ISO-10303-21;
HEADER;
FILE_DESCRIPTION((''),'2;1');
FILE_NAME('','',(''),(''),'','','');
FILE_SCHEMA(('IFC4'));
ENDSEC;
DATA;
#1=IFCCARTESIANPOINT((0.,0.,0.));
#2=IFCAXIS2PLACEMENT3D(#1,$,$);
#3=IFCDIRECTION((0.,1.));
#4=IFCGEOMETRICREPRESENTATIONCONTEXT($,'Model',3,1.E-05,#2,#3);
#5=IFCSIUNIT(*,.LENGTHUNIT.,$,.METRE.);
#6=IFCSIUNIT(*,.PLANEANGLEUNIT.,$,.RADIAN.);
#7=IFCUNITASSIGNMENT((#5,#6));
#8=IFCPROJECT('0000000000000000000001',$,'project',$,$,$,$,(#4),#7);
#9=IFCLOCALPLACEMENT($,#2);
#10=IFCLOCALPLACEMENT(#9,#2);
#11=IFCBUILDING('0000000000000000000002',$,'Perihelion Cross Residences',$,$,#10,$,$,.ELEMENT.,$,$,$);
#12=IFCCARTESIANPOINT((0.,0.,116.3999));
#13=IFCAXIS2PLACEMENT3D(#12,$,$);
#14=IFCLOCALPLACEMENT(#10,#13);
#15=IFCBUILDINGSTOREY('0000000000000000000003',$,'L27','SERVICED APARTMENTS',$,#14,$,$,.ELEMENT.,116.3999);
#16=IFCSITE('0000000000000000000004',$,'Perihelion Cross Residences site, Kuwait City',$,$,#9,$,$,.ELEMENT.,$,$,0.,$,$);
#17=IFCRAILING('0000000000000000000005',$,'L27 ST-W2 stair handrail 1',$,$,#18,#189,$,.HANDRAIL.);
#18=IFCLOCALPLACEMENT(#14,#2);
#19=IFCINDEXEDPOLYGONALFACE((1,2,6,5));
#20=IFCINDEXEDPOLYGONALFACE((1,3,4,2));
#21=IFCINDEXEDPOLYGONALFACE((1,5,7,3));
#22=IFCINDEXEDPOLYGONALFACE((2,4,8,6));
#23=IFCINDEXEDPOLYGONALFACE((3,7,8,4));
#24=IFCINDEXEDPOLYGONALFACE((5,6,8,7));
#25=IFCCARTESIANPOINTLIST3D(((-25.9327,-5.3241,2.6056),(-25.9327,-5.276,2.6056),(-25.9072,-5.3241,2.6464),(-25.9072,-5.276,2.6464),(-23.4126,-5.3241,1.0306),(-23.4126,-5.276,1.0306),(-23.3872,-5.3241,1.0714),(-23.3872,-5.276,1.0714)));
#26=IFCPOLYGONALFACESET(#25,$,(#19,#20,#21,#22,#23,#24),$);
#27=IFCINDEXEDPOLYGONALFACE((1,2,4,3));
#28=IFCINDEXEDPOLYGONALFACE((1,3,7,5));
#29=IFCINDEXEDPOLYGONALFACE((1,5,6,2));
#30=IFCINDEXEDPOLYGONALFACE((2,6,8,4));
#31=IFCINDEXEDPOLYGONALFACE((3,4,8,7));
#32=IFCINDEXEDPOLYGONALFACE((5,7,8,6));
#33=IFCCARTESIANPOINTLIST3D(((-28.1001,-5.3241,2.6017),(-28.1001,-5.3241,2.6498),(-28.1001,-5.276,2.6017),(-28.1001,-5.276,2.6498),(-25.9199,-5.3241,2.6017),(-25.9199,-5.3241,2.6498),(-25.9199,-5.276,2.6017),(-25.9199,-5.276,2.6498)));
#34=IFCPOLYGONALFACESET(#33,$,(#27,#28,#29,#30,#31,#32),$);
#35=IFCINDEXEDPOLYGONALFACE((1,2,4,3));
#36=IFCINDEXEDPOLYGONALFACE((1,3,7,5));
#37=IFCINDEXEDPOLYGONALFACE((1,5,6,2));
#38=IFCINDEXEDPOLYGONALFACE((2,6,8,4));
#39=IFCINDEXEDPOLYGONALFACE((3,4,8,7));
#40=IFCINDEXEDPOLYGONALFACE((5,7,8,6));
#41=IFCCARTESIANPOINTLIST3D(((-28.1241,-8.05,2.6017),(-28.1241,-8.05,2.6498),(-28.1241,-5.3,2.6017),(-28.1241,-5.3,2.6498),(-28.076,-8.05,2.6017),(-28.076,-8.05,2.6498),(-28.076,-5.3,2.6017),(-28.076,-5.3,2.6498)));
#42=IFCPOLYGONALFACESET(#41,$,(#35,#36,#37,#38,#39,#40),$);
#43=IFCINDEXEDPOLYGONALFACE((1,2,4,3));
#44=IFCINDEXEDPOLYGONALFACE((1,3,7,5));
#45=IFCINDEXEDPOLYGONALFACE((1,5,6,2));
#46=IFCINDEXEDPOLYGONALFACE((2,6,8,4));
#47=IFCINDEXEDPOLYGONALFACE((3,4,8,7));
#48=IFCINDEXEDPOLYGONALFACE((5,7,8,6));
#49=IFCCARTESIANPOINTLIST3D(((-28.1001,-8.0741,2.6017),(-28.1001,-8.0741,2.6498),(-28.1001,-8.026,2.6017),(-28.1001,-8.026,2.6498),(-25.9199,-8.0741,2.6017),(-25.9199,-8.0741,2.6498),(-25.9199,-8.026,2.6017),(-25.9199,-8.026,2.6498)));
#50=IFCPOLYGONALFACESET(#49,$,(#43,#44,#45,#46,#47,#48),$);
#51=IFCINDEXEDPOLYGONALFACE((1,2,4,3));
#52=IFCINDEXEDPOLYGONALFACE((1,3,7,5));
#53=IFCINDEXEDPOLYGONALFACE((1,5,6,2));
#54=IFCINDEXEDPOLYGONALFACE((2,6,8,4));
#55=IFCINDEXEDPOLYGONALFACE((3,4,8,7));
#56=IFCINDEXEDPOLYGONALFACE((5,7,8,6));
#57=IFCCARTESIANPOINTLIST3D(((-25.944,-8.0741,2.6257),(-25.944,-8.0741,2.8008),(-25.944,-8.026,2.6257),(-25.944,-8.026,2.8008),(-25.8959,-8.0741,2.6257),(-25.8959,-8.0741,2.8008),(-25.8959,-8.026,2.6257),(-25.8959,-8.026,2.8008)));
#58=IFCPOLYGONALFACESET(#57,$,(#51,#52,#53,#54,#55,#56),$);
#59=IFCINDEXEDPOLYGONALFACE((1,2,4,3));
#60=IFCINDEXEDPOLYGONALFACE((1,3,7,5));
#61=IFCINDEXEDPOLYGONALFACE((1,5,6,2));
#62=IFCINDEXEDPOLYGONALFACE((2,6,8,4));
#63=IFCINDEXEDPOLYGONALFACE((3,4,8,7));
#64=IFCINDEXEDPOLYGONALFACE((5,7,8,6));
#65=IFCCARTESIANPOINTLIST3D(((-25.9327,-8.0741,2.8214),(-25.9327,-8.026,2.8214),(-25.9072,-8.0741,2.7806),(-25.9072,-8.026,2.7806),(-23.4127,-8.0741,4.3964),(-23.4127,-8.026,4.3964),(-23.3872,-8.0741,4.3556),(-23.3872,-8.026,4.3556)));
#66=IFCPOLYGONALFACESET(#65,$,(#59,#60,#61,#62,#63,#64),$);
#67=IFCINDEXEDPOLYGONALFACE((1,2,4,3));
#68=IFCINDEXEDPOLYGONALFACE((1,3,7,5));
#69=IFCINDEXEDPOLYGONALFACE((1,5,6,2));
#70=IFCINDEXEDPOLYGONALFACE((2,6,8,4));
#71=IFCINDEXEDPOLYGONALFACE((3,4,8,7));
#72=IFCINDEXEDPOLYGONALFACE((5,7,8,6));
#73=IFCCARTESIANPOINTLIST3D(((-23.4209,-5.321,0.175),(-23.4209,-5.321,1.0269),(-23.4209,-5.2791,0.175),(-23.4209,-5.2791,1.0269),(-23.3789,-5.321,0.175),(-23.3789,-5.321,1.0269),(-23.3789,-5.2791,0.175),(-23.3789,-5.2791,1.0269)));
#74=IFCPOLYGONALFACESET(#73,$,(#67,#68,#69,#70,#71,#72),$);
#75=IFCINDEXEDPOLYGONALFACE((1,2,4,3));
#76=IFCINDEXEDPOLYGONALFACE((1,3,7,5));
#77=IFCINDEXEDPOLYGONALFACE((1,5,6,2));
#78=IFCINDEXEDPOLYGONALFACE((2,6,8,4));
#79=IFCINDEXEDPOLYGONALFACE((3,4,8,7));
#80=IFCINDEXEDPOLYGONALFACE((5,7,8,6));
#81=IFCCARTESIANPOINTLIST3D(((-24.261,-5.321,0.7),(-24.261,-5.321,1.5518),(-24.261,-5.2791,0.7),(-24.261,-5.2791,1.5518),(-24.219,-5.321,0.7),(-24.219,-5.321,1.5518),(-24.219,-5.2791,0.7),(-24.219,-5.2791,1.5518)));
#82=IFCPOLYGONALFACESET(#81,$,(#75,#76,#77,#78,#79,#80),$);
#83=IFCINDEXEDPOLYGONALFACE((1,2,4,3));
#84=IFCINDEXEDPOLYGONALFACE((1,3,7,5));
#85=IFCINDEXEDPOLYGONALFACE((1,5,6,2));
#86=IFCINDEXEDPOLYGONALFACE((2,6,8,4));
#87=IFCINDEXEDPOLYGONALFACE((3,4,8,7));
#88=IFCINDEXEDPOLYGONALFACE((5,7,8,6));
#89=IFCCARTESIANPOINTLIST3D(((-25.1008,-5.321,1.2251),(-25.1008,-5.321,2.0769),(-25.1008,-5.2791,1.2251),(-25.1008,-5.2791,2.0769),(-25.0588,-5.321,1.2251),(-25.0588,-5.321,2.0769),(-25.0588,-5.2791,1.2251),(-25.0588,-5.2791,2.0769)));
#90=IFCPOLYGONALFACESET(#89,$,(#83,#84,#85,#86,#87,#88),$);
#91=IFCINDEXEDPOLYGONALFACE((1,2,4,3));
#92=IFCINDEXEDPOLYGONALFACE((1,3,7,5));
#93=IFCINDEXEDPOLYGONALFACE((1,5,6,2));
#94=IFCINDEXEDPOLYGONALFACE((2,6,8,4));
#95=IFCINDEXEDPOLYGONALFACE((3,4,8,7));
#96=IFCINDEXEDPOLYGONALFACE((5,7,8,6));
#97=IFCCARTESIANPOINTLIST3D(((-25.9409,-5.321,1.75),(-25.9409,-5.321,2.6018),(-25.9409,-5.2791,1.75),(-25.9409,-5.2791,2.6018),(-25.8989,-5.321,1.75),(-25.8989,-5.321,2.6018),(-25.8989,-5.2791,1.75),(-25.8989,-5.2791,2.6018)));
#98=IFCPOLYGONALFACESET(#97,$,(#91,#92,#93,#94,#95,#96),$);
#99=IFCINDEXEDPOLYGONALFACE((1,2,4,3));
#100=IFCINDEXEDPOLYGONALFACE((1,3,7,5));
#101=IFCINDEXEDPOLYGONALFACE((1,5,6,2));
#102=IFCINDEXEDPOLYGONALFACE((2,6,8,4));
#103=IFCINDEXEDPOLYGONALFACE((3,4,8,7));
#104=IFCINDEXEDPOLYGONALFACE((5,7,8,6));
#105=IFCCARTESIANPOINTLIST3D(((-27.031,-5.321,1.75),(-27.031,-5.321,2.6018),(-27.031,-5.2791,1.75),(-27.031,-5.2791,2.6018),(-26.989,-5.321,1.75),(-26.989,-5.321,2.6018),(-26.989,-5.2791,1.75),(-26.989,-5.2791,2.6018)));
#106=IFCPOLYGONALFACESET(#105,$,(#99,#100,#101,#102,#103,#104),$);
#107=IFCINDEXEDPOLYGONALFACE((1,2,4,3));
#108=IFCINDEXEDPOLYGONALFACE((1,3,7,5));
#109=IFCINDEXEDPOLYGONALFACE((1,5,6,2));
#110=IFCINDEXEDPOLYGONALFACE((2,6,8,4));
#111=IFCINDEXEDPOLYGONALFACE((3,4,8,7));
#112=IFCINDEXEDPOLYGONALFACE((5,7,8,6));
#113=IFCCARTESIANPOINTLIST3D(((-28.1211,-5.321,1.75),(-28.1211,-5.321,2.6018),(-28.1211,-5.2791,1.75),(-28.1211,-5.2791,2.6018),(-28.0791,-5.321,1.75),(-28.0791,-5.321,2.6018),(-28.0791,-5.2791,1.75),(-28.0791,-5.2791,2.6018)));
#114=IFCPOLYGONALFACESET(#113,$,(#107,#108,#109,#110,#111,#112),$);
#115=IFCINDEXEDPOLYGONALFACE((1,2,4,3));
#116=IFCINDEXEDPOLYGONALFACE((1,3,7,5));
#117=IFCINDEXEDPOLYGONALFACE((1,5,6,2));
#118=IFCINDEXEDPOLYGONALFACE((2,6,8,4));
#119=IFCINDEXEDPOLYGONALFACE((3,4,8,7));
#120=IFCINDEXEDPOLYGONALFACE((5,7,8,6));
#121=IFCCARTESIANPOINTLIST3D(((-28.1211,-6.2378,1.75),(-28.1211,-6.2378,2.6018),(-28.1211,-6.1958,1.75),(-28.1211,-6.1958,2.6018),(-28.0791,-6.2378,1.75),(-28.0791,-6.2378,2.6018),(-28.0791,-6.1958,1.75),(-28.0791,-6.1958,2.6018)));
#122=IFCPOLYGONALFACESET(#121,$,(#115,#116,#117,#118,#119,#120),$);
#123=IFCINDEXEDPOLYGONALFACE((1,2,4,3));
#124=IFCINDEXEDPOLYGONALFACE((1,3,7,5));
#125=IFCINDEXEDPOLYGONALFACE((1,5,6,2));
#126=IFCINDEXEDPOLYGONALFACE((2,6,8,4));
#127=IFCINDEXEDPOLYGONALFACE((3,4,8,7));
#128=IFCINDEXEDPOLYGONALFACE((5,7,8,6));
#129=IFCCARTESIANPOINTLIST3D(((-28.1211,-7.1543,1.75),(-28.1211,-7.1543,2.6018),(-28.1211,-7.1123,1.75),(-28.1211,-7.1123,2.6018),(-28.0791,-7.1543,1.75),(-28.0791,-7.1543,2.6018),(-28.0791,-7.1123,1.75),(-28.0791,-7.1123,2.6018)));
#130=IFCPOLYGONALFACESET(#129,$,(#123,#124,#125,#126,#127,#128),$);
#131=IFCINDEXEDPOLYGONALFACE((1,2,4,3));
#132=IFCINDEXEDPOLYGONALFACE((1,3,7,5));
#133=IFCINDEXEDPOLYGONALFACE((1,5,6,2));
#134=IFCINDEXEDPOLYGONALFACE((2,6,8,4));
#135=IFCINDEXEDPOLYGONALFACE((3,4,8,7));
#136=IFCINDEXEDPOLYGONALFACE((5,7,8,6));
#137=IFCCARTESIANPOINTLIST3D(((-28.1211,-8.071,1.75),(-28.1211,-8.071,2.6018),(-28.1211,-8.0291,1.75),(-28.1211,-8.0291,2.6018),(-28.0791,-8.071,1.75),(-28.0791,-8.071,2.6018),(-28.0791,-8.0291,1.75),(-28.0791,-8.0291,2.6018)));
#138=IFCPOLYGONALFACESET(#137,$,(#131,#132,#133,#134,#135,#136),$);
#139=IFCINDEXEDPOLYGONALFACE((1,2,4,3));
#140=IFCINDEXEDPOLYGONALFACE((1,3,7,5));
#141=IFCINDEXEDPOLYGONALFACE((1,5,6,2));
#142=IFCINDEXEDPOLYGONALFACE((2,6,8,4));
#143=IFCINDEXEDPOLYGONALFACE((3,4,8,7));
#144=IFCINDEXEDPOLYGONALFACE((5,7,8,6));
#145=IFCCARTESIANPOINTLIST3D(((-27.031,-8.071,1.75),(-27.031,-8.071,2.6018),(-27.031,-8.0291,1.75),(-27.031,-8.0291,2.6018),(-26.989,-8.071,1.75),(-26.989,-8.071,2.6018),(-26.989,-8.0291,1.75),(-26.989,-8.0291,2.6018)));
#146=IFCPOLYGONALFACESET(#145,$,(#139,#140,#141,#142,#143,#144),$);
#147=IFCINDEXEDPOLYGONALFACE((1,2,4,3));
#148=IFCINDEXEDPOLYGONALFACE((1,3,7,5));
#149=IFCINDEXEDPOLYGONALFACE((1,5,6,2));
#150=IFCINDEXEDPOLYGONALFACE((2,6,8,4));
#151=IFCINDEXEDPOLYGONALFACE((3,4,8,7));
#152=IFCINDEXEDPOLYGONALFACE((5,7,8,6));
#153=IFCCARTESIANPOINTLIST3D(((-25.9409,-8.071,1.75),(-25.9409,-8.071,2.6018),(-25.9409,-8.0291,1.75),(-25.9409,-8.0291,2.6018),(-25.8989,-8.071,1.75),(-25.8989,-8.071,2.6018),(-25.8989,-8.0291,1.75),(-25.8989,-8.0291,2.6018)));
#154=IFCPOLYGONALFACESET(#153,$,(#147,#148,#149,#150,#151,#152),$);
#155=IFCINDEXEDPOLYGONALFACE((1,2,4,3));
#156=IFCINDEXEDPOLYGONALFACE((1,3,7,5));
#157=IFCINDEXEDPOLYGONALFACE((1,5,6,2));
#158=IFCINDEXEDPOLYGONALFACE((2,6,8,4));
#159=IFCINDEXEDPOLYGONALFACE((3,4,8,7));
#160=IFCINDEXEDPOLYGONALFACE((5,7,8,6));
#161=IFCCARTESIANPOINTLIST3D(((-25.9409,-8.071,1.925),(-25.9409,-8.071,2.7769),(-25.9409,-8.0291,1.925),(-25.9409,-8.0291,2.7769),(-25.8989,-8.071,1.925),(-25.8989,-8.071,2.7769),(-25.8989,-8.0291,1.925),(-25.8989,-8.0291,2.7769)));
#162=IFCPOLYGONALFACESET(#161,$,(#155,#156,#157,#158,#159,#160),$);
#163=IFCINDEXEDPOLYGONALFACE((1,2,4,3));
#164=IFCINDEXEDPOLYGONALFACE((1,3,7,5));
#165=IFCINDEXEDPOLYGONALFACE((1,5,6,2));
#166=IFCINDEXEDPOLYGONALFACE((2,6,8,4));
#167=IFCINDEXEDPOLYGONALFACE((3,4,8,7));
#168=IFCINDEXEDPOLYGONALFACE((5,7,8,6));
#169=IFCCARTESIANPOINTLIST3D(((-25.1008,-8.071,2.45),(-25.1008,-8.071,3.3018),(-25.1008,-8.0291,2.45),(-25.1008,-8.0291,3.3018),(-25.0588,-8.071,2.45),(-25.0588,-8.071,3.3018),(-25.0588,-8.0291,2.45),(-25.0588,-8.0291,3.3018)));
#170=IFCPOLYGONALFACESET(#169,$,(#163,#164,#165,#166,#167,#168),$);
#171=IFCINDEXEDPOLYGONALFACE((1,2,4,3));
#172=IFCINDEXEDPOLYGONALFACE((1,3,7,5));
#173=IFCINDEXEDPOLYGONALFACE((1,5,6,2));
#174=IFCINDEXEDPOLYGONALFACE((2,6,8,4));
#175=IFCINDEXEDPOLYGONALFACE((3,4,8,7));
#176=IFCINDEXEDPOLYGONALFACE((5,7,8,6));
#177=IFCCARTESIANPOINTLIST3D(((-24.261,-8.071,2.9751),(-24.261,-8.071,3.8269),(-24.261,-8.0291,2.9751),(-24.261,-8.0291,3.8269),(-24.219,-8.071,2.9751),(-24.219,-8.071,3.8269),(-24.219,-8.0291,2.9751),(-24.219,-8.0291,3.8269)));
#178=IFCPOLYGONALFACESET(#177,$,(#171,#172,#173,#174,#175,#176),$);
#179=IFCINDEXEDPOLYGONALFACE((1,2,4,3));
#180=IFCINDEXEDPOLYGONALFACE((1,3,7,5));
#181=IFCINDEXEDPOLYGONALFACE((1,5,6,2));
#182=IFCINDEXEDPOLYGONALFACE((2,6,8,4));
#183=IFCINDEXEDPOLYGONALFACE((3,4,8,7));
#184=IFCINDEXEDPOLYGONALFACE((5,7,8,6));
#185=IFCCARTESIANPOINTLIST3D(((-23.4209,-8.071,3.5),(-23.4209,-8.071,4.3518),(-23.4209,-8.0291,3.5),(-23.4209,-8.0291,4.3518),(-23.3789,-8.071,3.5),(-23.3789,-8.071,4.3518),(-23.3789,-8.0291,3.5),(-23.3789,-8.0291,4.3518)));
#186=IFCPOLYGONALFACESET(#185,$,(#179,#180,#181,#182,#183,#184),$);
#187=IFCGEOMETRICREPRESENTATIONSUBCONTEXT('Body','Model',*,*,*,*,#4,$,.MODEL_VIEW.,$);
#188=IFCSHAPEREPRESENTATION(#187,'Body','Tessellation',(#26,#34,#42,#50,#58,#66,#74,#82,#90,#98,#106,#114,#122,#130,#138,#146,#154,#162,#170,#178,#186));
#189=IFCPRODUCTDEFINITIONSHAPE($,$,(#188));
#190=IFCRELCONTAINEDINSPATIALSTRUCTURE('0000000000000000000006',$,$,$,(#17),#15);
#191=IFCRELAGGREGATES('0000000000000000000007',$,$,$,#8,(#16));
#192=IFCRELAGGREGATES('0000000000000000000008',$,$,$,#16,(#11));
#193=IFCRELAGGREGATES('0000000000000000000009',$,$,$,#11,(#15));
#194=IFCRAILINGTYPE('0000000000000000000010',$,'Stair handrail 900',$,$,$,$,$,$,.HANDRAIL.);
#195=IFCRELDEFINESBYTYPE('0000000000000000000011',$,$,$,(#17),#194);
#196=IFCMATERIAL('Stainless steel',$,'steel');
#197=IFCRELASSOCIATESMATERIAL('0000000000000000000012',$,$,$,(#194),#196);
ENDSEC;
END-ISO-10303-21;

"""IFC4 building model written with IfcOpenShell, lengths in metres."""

from ifc_helpers import new_model, si_unit, direction, frame, origin, origin_2d, place, context, subcontext, project, spatial, rectangle, extrude, material, type_object, element, save


model = new_model("IFC4")

# Units and contexts
model_context = context("Model", 3, precision=1e-05, world=origin(), true_north=direction((0.0, 1.0)))
body_context = subcontext(model_context, "Body", "Model", "MODEL_VIEW")
ifc_project = project(units=[si_unit("LENGTHUNIT", "METRE"), si_unit("PLANEANGLEUNIT", "RADIAN")], contexts=[model_context])

# Site, building, storey
site_placement = place(None, origin())
site = spatial("IfcSite", under=ifc_project, at=site_placement, Name="Perihelion Cross Residences site, Kuwait City", CompositionType="ELEMENT", RefElevation=0.0)
building_placement = place(site_placement, origin())
building = spatial("IfcBuilding", under=site, at=building_placement, Name="Perihelion Cross Residences", CompositionType="ELEMENT")
storey_placement = place(building_placement, frame((0.0, 0.0, 116.3999)))
storey = spatial("IfcBuildingStorey", under=building, at=storey_placement, Name="L27", Description="SERVICED APARTMENTS", CompositionType="ELEMENT", Elevation=116.3999)

# Railing
ifc_material_1 = material(Name="Stainless steel", Category="steel")
railing_type_1 = type_object("IfcRailingType", Name="Stair handrail 900", PredefinedType="HANDRAIL", material=ifc_material_1)
railing_1_placement = place(storey_placement, frame((-23.3999, -5.3, 0.175)))
element("IfcRailing", 1, at=railing_1_placement, inside=storey, type_object=railing_type_1, Name="L27 ST-W2 stair handrail 1", PredefinedType="HANDRAIL", context=body_context, shape_type="SweptSolid", body=[
    extrude(rectangle(XDim=0.0481, YDim=0.0481, at=origin_2d()), frame((0.0, 0.0, 0.876), z_axis=(-0.848008, 0.0, 0.529984), x_axis=(0.0, -1.0, 0.0)), (0.0, 0.0, 1.0), 2.9717),
    extrude(rectangle(XDim=0.0481, YDim=0.0481, at=origin_2d()), frame((-2.52, 0.0, 2.4507), z_axis=(-1.0, 0.0, 0.0), x_axis=(0.0, -1.0, 0.0)), (0.0, 0.0, 1.0), 2.1802),
    extrude(rectangle(XDim=0.0481, YDim=0.0481, at=origin_2d()), frame((-4.7002, 0.0, 2.4507), z_axis=(0.0, -1.0, 0.0), x_axis=(1.0, 0.0, 0.0)), (0.0, 0.0, 1.0), 2.75),
    extrude(rectangle(XDim=0.0481, YDim=0.0481, at=origin_2d()), frame((-4.7002, -2.75, 2.4507), z_axis=(1.0, 0.0, 0.0), x_axis=(0.0, 1.0, 0.0)), (0.0, 0.0, 1.0), 2.1802),
    extrude(rectangle(XDim=0.0481, YDim=0.0481, at=origin_2d()), frame((-2.52, -2.75, 2.4507), z_axis=(0.0, 0.0, 1.0), x_axis=(1.0, 0.0, 0.0)), (0.0, 0.0, 1.0), 0.175),
    extrude(rectangle(XDim=0.0481, YDim=0.0481, at=origin_2d()), frame((-2.52, -2.75, 2.626), z_axis=(0.848008, 0.0, 0.529984), x_axis=(0.0, 1.0, 0.0)), (0.0, 0.0, 1.0), 2.9717),
    extrude(rectangle(XDim=0.042, YDim=0.042, at=origin_2d()), origin(), (0.0, 0.0, 1.0), 0.8518),
    extrude(rectangle(XDim=0.042, YDim=0.042, at=origin_2d()), frame((-0.8401, 0.0, 0.5249)), (0.0, 0.0, 1.0), 0.8518),
    extrude(rectangle(XDim=0.042, YDim=0.042, at=origin_2d()), frame((-1.6799, 0.0, 1.05)), (0.0, 0.0, 1.0), 0.8518),
    extrude(rectangle(XDim=0.042, YDim=0.042, at=origin_2d()), frame((-2.52, 0.0, 1.575)), (0.0, 0.0, 1.0), 0.8518),
    extrude(rectangle(XDim=0.042, YDim=0.042, at=origin_2d()), frame((-3.6101, 0.0, 1.575)), (0.0, 0.0, 1.0), 0.8518),
    extrude(rectangle(XDim=0.042, YDim=0.042, at=origin_2d()), frame((-4.7002, 0.0, 1.575)), (0.0, 0.0, 1.0), 0.8518),
    extrude(rectangle(XDim=0.042, YDim=0.042, at=origin_2d()), frame((-4.7002, -0.9167, 1.575)), (0.0, 0.0, 1.0), 0.8518),
    extrude(rectangle(XDim=0.042, YDim=0.042, at=origin_2d()), frame((-4.7002, -1.8333, 1.575)), (0.0, 0.0, 1.0), 0.8518),
    extrude(rectangle(XDim=0.042, YDim=0.042, at=origin_2d()), frame((-4.7002, -2.75, 1.575)), (0.0, 0.0, 1.0), 0.8518),
    extrude(rectangle(XDim=0.042, YDim=0.042, at=origin_2d()), frame((-3.6101, -2.75, 1.575)), (0.0, 0.0, 1.0), 0.8518),
    extrude(rectangle(XDim=0.042, YDim=0.042, at=origin_2d()), frame((-2.52, -2.75, 1.575)), (0.0, 0.0, 1.0), 0.8518),
    extrude(rectangle(XDim=0.042, YDim=0.042, at=origin_2d()), frame((-2.52, -2.75, 1.75)), (0.0, 0.0, 1.0), 0.8518),
    extrude(rectangle(XDim=0.042, YDim=0.042, at=origin_2d()), frame((-1.6799, -2.75, 2.2749)), (0.0, 0.0, 1.0), 0.8518),
    extrude(rectangle(XDim=0.042, YDim=0.042, at=origin_2d()), frame((-0.8401, -2.75, 2.8)), (0.0, 0.0, 1.0), 0.8518),
    extrude(rectangle(XDim=0.042, YDim=0.042, at=origin_2d()), frame((0.0, -2.75, 3.325)), (0.0, 0.0, 1.0), 0.8518),
])

save(model, "model.ifc")
